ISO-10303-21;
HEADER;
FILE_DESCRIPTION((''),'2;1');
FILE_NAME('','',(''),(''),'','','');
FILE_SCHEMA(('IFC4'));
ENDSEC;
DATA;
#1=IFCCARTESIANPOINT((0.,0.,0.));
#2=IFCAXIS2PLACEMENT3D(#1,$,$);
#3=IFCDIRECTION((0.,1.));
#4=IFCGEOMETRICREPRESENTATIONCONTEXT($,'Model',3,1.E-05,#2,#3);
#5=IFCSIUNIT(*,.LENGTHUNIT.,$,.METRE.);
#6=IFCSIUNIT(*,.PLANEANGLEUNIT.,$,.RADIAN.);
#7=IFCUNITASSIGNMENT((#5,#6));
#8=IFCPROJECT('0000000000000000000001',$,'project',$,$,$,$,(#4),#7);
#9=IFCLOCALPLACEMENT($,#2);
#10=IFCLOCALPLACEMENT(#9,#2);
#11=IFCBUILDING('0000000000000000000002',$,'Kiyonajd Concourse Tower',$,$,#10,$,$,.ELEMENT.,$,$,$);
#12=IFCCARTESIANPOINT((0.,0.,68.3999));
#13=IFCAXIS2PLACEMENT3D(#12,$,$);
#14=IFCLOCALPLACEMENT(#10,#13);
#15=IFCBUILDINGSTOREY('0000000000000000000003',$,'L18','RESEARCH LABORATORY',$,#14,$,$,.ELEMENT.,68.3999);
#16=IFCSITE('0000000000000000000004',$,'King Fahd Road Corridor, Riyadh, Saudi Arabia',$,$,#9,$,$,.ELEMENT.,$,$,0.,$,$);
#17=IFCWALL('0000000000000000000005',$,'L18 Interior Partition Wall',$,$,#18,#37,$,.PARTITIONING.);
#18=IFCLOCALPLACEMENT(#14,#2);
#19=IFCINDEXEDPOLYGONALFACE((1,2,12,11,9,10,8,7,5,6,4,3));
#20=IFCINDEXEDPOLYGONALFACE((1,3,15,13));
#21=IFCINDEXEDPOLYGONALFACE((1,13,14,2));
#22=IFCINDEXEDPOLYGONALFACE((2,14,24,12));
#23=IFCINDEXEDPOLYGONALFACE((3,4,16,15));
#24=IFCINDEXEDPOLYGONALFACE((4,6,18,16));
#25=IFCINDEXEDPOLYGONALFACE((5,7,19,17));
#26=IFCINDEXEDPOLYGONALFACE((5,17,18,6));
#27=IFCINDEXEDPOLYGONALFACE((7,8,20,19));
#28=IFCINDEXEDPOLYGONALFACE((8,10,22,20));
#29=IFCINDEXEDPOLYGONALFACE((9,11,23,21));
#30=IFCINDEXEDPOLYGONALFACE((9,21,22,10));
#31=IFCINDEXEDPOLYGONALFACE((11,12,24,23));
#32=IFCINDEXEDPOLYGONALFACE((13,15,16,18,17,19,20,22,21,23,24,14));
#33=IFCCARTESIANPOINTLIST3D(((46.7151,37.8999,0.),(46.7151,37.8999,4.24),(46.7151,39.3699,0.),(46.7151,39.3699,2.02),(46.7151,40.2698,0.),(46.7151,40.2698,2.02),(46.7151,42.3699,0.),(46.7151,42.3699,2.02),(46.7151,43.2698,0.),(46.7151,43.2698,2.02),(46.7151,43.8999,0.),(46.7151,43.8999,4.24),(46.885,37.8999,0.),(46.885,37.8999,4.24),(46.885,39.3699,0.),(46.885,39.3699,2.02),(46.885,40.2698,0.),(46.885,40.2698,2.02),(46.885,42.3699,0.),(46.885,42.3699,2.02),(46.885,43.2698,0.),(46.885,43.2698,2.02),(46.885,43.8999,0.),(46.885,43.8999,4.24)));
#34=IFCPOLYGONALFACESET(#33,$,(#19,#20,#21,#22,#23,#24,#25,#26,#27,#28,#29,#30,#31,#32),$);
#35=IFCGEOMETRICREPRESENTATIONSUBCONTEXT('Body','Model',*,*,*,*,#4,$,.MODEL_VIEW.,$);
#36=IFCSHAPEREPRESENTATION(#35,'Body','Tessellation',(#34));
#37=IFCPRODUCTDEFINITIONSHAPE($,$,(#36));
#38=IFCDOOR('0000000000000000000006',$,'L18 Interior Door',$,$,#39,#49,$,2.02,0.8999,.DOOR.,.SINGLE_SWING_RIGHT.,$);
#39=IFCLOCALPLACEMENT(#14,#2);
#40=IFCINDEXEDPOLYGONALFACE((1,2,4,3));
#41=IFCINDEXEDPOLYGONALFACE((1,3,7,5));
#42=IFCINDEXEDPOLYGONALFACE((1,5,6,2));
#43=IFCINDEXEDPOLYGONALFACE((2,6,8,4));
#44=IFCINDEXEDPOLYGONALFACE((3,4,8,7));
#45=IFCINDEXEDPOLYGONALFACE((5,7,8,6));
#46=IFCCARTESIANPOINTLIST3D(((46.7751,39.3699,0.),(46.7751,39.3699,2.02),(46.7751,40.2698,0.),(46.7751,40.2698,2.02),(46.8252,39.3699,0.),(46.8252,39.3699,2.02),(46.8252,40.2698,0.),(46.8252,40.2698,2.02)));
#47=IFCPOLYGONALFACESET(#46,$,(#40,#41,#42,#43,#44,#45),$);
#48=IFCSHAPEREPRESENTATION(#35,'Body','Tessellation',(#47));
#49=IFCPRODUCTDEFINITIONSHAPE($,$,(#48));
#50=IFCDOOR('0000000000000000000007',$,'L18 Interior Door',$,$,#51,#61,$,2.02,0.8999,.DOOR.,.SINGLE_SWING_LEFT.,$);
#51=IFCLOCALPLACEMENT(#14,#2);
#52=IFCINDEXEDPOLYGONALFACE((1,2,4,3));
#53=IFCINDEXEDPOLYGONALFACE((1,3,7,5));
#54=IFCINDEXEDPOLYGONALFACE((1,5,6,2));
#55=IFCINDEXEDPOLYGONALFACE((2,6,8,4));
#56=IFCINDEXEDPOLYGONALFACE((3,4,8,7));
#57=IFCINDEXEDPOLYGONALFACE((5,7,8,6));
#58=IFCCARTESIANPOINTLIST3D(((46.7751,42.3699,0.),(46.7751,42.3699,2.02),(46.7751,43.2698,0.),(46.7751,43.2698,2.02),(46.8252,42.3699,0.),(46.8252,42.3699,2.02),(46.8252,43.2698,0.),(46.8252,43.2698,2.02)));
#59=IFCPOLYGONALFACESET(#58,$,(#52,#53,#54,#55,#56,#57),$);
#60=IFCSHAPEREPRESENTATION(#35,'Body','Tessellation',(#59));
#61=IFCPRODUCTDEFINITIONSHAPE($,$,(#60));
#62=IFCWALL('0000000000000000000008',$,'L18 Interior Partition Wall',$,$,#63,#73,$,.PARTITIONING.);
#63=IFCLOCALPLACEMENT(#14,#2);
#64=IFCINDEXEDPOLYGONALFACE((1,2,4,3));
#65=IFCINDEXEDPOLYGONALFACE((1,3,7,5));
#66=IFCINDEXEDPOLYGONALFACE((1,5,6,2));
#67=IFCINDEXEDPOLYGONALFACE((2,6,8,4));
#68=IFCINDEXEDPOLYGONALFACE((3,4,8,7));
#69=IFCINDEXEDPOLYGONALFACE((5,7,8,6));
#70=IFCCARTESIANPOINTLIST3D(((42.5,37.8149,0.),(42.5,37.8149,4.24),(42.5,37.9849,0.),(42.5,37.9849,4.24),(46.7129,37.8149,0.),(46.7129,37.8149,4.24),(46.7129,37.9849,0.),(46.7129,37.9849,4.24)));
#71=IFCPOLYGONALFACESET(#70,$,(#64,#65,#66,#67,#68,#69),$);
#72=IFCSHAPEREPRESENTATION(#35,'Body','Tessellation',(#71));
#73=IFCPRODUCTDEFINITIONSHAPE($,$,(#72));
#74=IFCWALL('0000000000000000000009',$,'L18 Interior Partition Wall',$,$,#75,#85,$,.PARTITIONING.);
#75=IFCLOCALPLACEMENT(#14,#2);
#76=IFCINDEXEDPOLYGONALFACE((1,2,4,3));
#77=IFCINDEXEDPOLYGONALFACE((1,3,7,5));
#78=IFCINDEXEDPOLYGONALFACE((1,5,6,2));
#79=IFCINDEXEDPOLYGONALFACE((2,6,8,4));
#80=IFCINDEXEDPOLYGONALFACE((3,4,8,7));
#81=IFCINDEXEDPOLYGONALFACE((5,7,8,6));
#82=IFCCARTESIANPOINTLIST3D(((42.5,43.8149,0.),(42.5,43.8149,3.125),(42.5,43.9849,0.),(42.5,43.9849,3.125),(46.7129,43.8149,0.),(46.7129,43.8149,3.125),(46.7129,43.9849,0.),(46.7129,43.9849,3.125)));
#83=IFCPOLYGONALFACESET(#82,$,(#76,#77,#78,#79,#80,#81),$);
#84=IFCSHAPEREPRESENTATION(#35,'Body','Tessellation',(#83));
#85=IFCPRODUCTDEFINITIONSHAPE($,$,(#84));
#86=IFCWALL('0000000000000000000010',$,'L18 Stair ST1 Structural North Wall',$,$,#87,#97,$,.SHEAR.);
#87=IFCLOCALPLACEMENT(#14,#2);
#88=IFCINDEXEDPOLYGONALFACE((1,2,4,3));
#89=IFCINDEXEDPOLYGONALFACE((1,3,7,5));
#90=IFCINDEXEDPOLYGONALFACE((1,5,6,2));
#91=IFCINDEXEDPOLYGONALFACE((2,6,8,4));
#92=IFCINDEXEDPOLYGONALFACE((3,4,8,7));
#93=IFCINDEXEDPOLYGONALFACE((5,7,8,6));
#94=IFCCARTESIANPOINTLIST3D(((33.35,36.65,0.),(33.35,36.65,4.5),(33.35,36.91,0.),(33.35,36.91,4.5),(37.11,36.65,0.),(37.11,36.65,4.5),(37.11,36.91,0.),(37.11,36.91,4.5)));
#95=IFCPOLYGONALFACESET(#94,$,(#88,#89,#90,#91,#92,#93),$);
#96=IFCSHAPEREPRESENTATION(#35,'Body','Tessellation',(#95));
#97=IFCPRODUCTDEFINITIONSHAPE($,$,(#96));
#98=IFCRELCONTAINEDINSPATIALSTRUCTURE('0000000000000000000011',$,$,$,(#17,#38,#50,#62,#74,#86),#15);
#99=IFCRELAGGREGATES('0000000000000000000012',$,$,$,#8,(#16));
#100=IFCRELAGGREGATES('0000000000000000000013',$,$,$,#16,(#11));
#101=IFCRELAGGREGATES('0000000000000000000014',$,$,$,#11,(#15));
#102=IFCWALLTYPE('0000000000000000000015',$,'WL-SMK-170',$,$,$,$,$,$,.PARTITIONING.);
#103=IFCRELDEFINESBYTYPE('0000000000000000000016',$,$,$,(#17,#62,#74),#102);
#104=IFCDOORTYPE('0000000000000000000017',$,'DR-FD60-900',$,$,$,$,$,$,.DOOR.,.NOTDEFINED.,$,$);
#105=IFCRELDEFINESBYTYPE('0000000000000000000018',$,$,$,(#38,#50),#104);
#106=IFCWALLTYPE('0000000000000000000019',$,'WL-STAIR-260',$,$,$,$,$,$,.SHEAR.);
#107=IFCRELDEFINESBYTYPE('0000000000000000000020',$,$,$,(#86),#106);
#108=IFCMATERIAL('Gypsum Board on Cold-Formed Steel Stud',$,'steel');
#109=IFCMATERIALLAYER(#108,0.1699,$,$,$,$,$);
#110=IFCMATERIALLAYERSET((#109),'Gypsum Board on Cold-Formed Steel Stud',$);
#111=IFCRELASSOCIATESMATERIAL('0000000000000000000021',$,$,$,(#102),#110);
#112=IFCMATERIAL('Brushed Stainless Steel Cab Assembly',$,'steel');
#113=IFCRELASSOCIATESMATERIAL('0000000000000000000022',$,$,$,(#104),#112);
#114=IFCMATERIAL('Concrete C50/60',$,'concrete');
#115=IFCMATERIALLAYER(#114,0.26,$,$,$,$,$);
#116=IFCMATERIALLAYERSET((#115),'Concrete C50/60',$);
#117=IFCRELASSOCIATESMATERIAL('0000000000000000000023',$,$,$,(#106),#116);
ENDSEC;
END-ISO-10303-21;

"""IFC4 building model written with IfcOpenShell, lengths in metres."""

from ifc_helpers import new_model, si_unit, direction, frame, frame_2d, origin, place, context, subcontext, project, spatial, rectangle, extrude, material, layer, layer_set, type_object, element, fill, save


model = new_model("IFC4")

# Units and contexts
model_context = context("Model", 3, precision=1e-05, world=origin(), true_north=direction((0.0, 1.0)))
body_context = subcontext(model_context, "Body", "Model", "MODEL_VIEW")
ifc_project = project(units=[si_unit("LENGTHUNIT", "METRE"), si_unit("PLANEANGLEUNIT", "RADIAN")], contexts=[model_context])

# Site, building, storey
site_placement = place(None, origin())
site = spatial("IfcSite", under=ifc_project, at=site_placement, Name="King Fahd Road Corridor, Riyadh, Saudi Arabia", CompositionType="ELEMENT", RefElevation=0.0)
building_placement = place(site_placement, origin())
building = spatial("IfcBuilding", under=site, at=building_placement, Name="Kiyonajd Concourse Tower", CompositionType="ELEMENT")
storey_placement = place(building_placement, frame((0.0, 0.0, 68.3999)))
storey = spatial("IfcBuildingStorey", under=building, at=storey_placement, Name="L18", Description="RESEARCH LABORATORY", CompositionType="ELEMENT", Elevation=68.3999)

# Shared definitions
ifc_material_1 = material(Name="Gypsum Board on Cold-Formed Steel Stud", Category="steel")

# Shared definitions
ifc_material_2 = material(Name="Brushed Stainless Steel Cab Assembly", Category="steel")

# Shared definitions
ifc_layer_1 = layer(ifc_material_1, 0.1699)
ifc_layer_set_1 = layer_set([ifc_layer_1], Name="Gypsum Board on Cold-Formed Steel Stud")
wall_type_1 = type_object("IfcWallType", Name="WL-SMK-170", PredefinedType="PARTITIONING", material=ifc_layer_set_1)

# Wall, openings, doors
wall_1_placement = place(storey_placement, frame((46.8, 37.8999, 0.0), z_axis=(0.0, 0.0, 1.0), x_axis=(0.0, 1.0, 0.0)))
wall_1 = element("IfcWall", 1, at=wall_1_placement, inside=storey, type_object=wall_type_1, Name="L18 Interior Partition Wall", PredefinedType="PARTITIONING", context=body_context, shape_type="SweptSolid", body=[
    extrude(rectangle(XDim=6.0, YDim=0.1699, at=frame_2d((3.0, 0.0))), origin(), (0.0, 0.0, 1.0), 4.24),
])
opening_1_placement = place(wall_1_placement, frame((1.47, 0.0, 0.0)))
opening_1 = element("IfcOpeningElement", 2, at=opening_1_placement, cuts=wall_1, PredefinedType="OPENING", context=body_context, shape_type="SweptSolid", body=[
    extrude(rectangle(XDim=0.8999, YDim=2.02, at=frame_2d((0.45, 1.01))), frame((0.0, 0.095, 0.0), z_axis=(0.0, -1.0, 0.0), x_axis=(1.0, 0.0, 0.0)), (0.0, 0.0, 1.0), 0.1899),
])
opening_2_placement = place(wall_1_placement, frame((4.47, 0.0, 0.0)))
opening_2 = element("IfcOpeningElement", 3, at=opening_2_placement, cuts=wall_1, PredefinedType="OPENING", context=body_context, shape_type="SweptSolid", body=[
    extrude(rectangle(XDim=0.8999, YDim=2.02, at=frame_2d((0.45, 1.01))), frame((0.0, 0.095, 0.0), z_axis=(0.0, -1.0, 0.0), x_axis=(1.0, 0.0, 0.0)), (0.0, 0.0, 1.0), 0.1899),
])
door_type_1 = type_object("IfcDoorType", Name="DR-FD60-900", OperationType="NOTDEFINED", PredefinedType="DOOR", material=ifc_material_2)
door_1_placement = place(opening_1_placement, origin())
door_1 = element("IfcDoor", 4, at=door_1_placement, inside=storey, type_object=door_type_1, Name="L18 Interior Door", OperationType="SINGLE_SWING_RIGHT", OverallHeight=2.02, OverallWidth=0.8999, PredefinedType="DOOR", context=body_context, shape_type="SweptSolid", body=[
    extrude(rectangle(XDim=0.8999, YDim=2.02, at=frame_2d((0.45, 1.01))), frame((0.0, 0.0249, 0.0), z_axis=(0.0, -1.0, 0.0), x_axis=(1.0, 0.0, 0.0)), (0.0, 0.0, 1.0), 0.05),
])
fill(opening_1, door_1)
door_2_placement = place(opening_2_placement, origin())
door_2 = element("IfcDoor", 5, at=door_2_placement, inside=storey, type_object=door_type_1, Name="L18 Interior Door", OperationType="SINGLE_SWING_LEFT", OverallHeight=2.02, OverallWidth=0.8999, PredefinedType="DOOR", context=body_context, shape_type="SweptSolid", body=[
    extrude(rectangle(XDim=0.8999, YDim=2.02, at=frame_2d((0.45, 1.01))), frame((0.0, 0.0249, 0.0), z_axis=(0.0, -1.0, 0.0), x_axis=(1.0, 0.0, 0.0)), (0.0, 0.0, 1.0), 0.05),
])
fill(opening_2, door_2)

# Walls
wall_2_placement = place(storey_placement, frame((42.5, 37.8999, 0.0), z_axis=(0.0, 0.0, 1.0), x_axis=(1.0, 0.0, 0.0)))
element("IfcWall", 6, at=wall_2_placement, inside=storey, type_object=wall_type_1, Name="L18 Interior Partition Wall", PredefinedType="PARTITIONING", context=body_context, shape_type="SweptSolid", body=[
    extrude(rectangle(XDim=4.2129, YDim=0.1699, at=frame_2d((2.1064, 0.0))), origin(), (0.0, 0.0, 1.0), 4.24),
])
wall_3_placement = place(storey_placement, frame((42.5, 43.8999, 0.0), z_axis=(0.0, 0.0, 1.0), x_axis=(1.0, 0.0, 0.0)))
element("IfcWall", 7, at=wall_3_placement, inside=storey, type_object=wall_type_1, Name="L18 Interior Partition Wall", PredefinedType="PARTITIONING", context=body_context, shape_type="SweptSolid", body=[
    extrude(rectangle(XDim=4.2129, YDim=0.1699, at=frame_2d((2.1064, 0.0))), origin(), (0.0, 0.0, 1.0), 3.125),
])
ifc_material_3 = material(Name="Concrete C50/60", Category="concrete")
ifc_layer_2 = layer(ifc_material_3, 0.26)
ifc_layer_set_2 = layer_set([ifc_layer_2], Name="Concrete C50/60")
wall_type_2 = type_object("IfcWallType", Name="WL-STAIR-260", PredefinedType="SHEAR", material=ifc_layer_set_2)
wall_4_placement = place(storey_placement, frame((33.3501, 36.78, 0.0), z_axis=(0.0, 0.0, 1.0), x_axis=(1.0, 0.0, 0.0)))
element("IfcWall", 8, at=wall_4_placement, inside=storey, type_object=wall_type_2, Name="L18 Stair ST1 Structural North Wall", PredefinedType="SHEAR", context=body_context, shape_type="SweptSolid", body=[
    extrude(rectangle(XDim=3.76, YDim=0.26, at=frame_2d((1.8799, 0.0))), origin(), (0.0, 0.0, 1.0), 4.5),
])

save(model, "model.ifc")
